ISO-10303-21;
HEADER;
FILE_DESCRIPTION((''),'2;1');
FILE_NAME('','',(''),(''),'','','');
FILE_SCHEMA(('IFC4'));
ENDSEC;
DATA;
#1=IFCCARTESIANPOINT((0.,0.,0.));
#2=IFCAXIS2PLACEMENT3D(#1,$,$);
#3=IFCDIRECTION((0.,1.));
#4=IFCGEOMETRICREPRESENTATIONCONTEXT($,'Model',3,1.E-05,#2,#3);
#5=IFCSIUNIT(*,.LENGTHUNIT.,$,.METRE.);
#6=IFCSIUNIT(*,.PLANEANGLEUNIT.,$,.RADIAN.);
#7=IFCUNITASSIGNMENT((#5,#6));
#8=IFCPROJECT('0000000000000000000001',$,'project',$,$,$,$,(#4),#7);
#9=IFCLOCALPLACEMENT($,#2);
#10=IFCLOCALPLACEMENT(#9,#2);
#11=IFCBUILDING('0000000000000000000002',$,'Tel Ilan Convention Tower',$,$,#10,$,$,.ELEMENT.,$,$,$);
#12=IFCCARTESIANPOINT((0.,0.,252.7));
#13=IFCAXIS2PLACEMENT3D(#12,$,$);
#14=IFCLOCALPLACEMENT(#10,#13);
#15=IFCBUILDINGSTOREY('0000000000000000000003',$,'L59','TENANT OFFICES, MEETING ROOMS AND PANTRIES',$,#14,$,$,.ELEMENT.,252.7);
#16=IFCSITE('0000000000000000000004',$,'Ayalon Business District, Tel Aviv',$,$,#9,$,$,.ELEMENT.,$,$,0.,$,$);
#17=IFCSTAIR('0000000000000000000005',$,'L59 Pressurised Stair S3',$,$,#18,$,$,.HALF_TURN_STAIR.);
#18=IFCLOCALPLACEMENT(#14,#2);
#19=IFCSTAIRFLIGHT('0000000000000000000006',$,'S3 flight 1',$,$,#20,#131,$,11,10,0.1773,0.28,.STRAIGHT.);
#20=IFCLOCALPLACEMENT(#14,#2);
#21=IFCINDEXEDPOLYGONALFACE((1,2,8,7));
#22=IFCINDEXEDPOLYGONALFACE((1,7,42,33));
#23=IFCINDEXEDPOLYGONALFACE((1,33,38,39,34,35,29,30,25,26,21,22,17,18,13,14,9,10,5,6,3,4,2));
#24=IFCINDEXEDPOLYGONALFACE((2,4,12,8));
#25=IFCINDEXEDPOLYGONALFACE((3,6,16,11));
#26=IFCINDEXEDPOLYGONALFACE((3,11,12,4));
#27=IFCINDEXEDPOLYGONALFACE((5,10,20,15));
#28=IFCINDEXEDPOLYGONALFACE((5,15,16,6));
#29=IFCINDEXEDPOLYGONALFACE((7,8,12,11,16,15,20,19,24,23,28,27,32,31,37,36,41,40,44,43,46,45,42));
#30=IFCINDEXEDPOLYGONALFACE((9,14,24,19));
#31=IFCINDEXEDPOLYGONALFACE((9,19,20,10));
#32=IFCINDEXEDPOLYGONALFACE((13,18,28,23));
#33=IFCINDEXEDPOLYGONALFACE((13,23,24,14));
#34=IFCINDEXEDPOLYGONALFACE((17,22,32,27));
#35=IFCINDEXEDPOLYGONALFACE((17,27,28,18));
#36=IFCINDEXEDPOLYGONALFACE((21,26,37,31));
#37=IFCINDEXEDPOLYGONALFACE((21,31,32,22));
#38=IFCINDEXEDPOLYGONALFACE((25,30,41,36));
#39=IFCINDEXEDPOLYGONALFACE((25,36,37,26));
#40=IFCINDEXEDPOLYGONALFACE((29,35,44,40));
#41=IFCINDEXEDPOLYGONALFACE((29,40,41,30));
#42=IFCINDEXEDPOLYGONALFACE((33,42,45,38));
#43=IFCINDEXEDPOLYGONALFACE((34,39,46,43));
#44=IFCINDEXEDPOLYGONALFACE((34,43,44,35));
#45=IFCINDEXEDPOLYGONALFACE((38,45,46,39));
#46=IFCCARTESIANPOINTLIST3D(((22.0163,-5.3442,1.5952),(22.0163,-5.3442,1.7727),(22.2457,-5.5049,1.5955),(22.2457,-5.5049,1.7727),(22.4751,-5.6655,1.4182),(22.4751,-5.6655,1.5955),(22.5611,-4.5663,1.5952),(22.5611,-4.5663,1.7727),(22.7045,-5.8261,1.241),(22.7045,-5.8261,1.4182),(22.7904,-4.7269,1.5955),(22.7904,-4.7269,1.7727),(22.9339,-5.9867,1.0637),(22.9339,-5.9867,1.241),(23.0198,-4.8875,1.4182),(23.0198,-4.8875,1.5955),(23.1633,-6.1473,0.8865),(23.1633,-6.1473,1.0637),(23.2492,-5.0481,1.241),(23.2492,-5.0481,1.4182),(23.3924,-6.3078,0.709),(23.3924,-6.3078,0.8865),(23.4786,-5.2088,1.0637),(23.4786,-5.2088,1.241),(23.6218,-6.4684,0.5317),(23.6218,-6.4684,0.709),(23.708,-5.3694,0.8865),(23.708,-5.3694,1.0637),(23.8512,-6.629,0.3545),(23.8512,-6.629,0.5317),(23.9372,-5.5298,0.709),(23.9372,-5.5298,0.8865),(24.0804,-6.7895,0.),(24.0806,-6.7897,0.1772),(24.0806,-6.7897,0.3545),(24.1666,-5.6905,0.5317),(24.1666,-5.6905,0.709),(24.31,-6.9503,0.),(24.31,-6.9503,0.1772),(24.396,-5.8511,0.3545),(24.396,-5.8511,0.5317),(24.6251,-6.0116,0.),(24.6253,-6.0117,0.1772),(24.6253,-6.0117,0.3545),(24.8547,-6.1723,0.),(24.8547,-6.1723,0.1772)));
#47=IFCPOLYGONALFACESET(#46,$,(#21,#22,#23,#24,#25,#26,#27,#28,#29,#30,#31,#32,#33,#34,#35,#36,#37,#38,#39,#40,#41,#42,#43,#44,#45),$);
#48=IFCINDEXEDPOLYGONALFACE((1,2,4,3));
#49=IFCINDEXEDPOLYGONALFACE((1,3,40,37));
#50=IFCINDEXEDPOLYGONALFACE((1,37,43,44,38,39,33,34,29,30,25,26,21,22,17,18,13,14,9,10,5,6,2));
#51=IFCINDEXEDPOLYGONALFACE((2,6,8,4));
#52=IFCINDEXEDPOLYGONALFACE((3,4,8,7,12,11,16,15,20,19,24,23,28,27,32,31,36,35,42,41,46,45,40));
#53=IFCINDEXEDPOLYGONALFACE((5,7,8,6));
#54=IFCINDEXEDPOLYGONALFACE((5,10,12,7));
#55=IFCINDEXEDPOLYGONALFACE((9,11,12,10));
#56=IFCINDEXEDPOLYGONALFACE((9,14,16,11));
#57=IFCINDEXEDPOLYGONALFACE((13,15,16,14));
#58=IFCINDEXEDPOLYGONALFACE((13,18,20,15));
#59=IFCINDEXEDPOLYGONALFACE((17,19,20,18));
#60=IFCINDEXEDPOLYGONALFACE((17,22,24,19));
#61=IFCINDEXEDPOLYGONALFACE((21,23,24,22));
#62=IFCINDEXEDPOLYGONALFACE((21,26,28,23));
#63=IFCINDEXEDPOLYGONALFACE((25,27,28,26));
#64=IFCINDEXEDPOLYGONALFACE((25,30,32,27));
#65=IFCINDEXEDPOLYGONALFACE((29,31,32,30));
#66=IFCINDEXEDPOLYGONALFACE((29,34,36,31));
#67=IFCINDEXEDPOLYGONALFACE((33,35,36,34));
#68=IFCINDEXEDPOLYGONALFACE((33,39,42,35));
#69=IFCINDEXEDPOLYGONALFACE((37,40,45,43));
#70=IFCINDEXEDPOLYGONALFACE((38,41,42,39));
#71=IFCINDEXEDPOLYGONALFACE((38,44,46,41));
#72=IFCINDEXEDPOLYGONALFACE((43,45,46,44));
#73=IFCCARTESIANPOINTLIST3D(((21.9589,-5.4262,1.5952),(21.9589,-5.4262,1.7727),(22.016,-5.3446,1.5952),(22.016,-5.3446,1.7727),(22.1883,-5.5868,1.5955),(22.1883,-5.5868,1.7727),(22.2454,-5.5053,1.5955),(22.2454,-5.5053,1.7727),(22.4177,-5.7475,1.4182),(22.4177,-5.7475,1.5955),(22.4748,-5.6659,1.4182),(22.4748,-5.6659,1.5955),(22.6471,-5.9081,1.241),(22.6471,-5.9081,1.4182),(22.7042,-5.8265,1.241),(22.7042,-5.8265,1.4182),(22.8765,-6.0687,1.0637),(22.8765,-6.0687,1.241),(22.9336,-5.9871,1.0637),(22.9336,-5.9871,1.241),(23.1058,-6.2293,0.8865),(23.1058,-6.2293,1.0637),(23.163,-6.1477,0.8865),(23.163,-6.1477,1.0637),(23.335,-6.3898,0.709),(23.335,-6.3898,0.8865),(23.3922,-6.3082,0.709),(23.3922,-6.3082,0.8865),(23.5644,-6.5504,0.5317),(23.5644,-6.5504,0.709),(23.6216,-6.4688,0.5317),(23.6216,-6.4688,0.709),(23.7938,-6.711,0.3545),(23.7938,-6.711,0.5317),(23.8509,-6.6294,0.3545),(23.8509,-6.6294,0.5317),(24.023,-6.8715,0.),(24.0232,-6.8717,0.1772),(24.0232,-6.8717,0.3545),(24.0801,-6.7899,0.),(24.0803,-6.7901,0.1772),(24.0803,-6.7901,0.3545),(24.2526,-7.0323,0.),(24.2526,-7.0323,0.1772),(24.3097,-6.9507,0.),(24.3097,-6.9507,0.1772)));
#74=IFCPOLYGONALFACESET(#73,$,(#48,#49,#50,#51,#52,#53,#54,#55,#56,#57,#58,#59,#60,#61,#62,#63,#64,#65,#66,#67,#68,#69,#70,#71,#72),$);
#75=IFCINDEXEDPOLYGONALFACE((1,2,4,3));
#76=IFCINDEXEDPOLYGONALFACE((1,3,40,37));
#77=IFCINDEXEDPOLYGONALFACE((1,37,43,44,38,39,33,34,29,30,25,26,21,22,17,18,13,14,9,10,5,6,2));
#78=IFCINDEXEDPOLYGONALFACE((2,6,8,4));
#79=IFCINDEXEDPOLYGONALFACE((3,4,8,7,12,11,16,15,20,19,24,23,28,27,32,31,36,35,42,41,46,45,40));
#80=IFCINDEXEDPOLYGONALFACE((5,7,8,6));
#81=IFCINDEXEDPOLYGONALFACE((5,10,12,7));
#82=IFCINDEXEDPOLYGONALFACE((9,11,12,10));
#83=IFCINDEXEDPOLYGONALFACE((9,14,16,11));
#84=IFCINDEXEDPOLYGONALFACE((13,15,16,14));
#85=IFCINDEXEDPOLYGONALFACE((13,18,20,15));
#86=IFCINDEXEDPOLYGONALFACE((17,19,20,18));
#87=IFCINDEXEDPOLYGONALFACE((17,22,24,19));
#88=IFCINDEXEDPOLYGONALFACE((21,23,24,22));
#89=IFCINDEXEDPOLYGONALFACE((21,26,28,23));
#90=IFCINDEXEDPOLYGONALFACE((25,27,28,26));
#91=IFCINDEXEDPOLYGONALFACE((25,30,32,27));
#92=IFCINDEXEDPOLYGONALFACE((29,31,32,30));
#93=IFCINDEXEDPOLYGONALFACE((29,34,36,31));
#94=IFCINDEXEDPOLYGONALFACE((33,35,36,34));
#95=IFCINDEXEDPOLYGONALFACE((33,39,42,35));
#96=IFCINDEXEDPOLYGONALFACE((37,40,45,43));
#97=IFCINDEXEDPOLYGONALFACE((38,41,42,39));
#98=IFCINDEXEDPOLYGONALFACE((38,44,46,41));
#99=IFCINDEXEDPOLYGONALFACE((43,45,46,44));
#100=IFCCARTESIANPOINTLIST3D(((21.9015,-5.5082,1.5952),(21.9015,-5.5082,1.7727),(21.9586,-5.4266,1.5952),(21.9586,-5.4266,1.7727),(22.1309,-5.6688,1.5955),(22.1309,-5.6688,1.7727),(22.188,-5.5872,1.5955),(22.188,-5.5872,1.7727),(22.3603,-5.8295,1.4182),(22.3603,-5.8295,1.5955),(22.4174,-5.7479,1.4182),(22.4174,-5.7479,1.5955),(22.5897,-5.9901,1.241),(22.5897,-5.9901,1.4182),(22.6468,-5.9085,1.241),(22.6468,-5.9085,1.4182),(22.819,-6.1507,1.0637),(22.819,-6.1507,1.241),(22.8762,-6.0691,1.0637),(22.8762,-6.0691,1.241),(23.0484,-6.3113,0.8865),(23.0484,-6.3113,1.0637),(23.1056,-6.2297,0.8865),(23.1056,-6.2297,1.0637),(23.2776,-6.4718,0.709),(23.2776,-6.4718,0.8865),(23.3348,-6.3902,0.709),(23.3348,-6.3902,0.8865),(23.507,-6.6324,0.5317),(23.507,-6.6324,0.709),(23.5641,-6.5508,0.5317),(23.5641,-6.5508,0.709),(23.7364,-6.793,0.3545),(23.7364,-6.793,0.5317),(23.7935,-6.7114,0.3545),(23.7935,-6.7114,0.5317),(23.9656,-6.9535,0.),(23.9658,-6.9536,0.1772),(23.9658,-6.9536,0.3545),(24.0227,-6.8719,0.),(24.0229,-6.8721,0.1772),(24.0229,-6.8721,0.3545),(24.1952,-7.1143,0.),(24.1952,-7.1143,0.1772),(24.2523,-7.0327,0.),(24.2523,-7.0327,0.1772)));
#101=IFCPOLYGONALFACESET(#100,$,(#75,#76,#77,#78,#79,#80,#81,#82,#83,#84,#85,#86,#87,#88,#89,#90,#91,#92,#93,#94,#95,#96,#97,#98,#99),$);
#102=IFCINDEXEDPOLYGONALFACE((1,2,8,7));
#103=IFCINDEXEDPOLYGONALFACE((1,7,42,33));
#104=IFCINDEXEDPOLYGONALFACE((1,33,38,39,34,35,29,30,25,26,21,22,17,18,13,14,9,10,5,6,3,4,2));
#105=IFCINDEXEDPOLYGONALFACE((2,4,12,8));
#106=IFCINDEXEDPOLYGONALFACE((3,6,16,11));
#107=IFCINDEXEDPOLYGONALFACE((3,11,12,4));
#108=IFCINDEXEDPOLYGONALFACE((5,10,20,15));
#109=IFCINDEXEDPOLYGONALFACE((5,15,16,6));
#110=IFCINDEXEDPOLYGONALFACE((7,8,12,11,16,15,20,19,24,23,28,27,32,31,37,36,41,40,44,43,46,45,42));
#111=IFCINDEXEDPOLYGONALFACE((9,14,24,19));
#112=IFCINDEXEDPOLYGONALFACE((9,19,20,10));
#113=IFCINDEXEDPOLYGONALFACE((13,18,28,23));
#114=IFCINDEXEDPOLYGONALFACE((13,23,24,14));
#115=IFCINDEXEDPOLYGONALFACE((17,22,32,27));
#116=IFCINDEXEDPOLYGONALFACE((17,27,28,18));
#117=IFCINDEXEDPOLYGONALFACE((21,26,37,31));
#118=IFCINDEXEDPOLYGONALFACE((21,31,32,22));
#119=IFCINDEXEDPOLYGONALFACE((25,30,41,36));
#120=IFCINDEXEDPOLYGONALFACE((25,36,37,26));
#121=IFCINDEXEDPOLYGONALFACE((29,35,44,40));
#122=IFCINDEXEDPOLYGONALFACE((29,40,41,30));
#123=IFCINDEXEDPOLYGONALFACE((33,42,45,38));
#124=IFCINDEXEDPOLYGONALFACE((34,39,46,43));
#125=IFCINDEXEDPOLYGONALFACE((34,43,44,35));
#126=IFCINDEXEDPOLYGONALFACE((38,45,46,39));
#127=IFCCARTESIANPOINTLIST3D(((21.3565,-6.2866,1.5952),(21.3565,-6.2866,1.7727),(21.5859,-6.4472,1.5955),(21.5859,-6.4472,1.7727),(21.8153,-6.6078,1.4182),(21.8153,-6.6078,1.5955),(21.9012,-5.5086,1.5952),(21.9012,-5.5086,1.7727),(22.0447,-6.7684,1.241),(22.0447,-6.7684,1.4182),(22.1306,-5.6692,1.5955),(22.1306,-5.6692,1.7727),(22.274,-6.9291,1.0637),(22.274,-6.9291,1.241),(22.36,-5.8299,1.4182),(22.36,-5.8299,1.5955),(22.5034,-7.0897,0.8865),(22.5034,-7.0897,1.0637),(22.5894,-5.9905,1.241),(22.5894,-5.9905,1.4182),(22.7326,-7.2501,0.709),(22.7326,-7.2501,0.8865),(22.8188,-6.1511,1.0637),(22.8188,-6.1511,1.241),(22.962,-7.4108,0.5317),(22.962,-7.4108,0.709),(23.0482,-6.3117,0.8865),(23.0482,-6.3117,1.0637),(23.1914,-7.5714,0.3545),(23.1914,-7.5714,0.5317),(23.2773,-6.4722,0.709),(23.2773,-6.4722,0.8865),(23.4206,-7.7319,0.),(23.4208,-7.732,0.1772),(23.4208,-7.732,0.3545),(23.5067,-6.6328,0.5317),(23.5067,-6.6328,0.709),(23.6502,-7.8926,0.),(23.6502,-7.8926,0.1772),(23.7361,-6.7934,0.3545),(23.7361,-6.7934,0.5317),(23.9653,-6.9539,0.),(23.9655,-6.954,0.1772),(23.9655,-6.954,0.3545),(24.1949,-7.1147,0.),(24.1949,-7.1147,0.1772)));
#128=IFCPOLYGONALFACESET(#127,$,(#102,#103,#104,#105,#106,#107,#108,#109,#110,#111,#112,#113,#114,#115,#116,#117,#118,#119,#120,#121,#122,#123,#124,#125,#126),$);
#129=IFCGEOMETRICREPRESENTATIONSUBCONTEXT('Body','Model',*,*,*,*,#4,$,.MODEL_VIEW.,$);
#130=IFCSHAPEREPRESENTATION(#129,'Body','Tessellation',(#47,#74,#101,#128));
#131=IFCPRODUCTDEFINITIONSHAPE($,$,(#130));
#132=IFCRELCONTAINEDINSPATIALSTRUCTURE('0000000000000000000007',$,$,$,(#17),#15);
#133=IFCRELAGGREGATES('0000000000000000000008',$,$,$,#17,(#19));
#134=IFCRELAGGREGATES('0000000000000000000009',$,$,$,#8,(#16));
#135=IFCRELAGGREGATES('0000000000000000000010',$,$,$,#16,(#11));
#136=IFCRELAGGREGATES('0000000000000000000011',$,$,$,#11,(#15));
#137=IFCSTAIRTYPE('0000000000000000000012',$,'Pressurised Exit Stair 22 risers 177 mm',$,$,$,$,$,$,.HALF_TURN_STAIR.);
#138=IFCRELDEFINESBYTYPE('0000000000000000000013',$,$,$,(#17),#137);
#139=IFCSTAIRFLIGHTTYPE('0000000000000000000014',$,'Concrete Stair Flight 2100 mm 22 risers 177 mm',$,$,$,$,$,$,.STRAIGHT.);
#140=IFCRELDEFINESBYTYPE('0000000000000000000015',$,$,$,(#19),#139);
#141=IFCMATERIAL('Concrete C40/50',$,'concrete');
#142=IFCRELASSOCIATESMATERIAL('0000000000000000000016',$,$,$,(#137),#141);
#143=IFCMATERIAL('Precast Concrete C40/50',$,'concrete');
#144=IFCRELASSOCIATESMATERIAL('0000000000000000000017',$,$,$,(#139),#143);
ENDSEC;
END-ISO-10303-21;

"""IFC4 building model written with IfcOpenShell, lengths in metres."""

from ifc_helpers import new_model, si_unit, direction, frame, origin, place, context, subcontext, project, spatial, polyline, outline, extrude, material, type_object, element, aggregate, save


model = new_model("IFC4")

# Units and contexts
model_context = context("Model", 3, precision=1e-05, world=origin(), true_north=direction((0.0, 1.0)))
body_context = subcontext(model_context, "Body", "Model", "MODEL_VIEW")
ifc_project = project(units=[si_unit("LENGTHUNIT", "METRE"), si_unit("PLANEANGLEUNIT", "RADIAN")], contexts=[model_context])

# Site, building, storey
site_placement = place(None, origin())
site = spatial("IfcSite", under=ifc_project, at=site_placement, Name="Ayalon Business District, Tel Aviv", CompositionType="ELEMENT", RefElevation=0.0)
building_placement = place(site_placement, origin())
building = spatial("IfcBuilding", under=site, at=building_placement, Name="Tel Ilan Convention Tower", CompositionType="ELEMENT")
storey_placement = place(building_placement, frame((0.0, 0.0, 252.7)))
storey = spatial("IfcBuildingStorey", under=building, at=storey_placement, Name="L59", Description="TENANT OFFICES, MEETING ROOMS AND PANTRIES", CompositionType="ELEMENT", Elevation=252.7)

# Stair, stair flight
ifc_material_1 = material(Name="Concrete C40/50", Category="concrete")
stair_type = type_object("IfcStairType", Name="Pressurised Exit Stair 22 risers 177 mm", PredefinedType="HALF_TURN_STAIR", material=ifc_material_1)
stair_placement = place(storey_placement, origin())
stair = element("IfcStair", 1, at=stair_placement, inside=storey, type_object=stair_type, Name="L59 Pressurised Stair S3", PredefinedType="HALF_TURN_STAIR")
ifc_material_2 = material(Name="Precast Concrete C40/50", Category="concrete")
stair_flight_type = type_object("IfcStairFlightType", Name="Concrete Stair Flight 2100 mm 22 risers 177 mm", PredefinedType="STRAIGHT", material=ifc_material_2)
stair_flight_1_placement = place(storey_placement, frame((24.2524, -7.0325, 0.0), z_axis=(0.0, 0.0, 1.0), x_axis=(-0.819152, 0.573576, 0.0)))
stair_flight_1 = element("IfcStairFlight", 2, at=stair_flight_1_placement, type_object=stair_flight_type, Name="S3 flight 1", NumberOfRisers=11, NumberOfTreads=10, PredefinedType="STRAIGHT", RiserHeight=0.1773, TreadLength=0.28, context=body_context, shape_type="SweptSolid", body=[
    extrude(outline(polyline([(0.0, 0.0), (0.0, 0.1772), (0.28, 0.1772), (0.28, 0.3545), (0.5601, 0.3545), (0.5601, 0.5317), (0.8401, 0.5317), (0.8401, 0.709), (1.1201, 0.709), (1.1201, 0.8865), (1.3999, 0.8865), (1.3999, 1.0637), (1.6799, 1.0637), (1.6799, 1.241), (1.96, 1.241), (1.96, 1.4182), (2.24, 1.4182), (2.24, 1.5955), (2.52, 1.5955), (2.52, 1.7727), (2.8, 1.7727), (2.8, 1.95), (2.8, 1.5952), (0.2803, 0.0), (0.0, 0.0)])), frame((0.0, -0.1003, 0.0), z_axis=(0.0, -1.0, 0.0), x_axis=(1.0, 0.0, 0.0)), (0.0, 0.0, 1.0), 0.9497),
    extrude(outline(polyline([(0.0, 0.0), (0.0, 0.1772), (0.28, 0.1772), (0.28, 0.3545), (0.5601, 0.3545), (0.5601, 0.5317), (0.8401, 0.5317), (0.8401, 0.709), (1.1201, 0.709), (1.1201, 0.8865), (1.3999, 0.8865), (1.3999, 1.0637), (1.6799, 1.0637), (1.6799, 1.241), (1.96, 1.241), (1.96, 1.4182), (2.24, 1.4182), (2.24, 1.5955), (2.52, 1.5955), (2.52, 1.7727), (2.8, 1.7727), (2.8, 1.95), (2.8, 1.5952), (0.2803, 0.0), (0.0, 0.0)])), frame((0.0, -0.0002, 0.0), z_axis=(0.0, -1.0, 0.0), x_axis=(1.0, 0.0, 0.0)), (0.0, 0.0, 1.0), 0.0996),
    extrude(outline(polyline([(0.0, 0.0), (0.0, 0.1772), (0.28, 0.1772), (0.28, 0.3545), (0.5601, 0.3545), (0.5601, 0.5317), (0.8401, 0.5317), (0.8401, 0.709), (1.1201, 0.709), (1.1201, 0.8865), (1.3999, 0.8865), (1.3999, 1.0637), (1.6799, 1.0637), (1.6799, 1.241), (1.96, 1.241), (1.96, 1.4182), (2.24, 1.4182), (2.24, 1.5955), (2.52, 1.5955), (2.52, 1.7727), (2.8, 1.7727), (2.8, 1.95), (2.8, 1.5952), (0.2803, 0.0), (0.0, 0.0)])), frame((0.0, 0.0999, 0.0), z_axis=(0.0, -1.0, 0.0), x_axis=(1.0, 0.0, 0.0)), (0.0, 0.0, 1.0), 0.0996),
    extrude(outline(polyline([(0.0, 0.0), (0.0, 0.1772), (0.28, 0.1772), (0.28, 0.3545), (0.5601, 0.3545), (0.5601, 0.5317), (0.8401, 0.5317), (0.8401, 0.709), (1.1201, 0.709), (1.1201, 0.8865), (1.3999, 0.8865), (1.3999, 1.0637), (1.6799, 1.0637), (1.6799, 1.241), (1.96, 1.241), (1.96, 1.4182), (2.24, 1.4182), (2.24, 1.5955), (2.52, 1.5955), (2.52, 1.7727), (2.8, 1.7727), (2.8, 1.95), (2.8, 1.5952), (0.2803, 0.0), (0.0, 0.0)])), frame((0.0, 1.05, 0.0), z_axis=(0.0, -1.0, 0.0), x_axis=(1.0, 0.0, 0.0)), (0.0, 0.0, 1.0), 0.9497),
])
aggregate(stair, [stair_flight_1])

save(model, "model.ifc")
